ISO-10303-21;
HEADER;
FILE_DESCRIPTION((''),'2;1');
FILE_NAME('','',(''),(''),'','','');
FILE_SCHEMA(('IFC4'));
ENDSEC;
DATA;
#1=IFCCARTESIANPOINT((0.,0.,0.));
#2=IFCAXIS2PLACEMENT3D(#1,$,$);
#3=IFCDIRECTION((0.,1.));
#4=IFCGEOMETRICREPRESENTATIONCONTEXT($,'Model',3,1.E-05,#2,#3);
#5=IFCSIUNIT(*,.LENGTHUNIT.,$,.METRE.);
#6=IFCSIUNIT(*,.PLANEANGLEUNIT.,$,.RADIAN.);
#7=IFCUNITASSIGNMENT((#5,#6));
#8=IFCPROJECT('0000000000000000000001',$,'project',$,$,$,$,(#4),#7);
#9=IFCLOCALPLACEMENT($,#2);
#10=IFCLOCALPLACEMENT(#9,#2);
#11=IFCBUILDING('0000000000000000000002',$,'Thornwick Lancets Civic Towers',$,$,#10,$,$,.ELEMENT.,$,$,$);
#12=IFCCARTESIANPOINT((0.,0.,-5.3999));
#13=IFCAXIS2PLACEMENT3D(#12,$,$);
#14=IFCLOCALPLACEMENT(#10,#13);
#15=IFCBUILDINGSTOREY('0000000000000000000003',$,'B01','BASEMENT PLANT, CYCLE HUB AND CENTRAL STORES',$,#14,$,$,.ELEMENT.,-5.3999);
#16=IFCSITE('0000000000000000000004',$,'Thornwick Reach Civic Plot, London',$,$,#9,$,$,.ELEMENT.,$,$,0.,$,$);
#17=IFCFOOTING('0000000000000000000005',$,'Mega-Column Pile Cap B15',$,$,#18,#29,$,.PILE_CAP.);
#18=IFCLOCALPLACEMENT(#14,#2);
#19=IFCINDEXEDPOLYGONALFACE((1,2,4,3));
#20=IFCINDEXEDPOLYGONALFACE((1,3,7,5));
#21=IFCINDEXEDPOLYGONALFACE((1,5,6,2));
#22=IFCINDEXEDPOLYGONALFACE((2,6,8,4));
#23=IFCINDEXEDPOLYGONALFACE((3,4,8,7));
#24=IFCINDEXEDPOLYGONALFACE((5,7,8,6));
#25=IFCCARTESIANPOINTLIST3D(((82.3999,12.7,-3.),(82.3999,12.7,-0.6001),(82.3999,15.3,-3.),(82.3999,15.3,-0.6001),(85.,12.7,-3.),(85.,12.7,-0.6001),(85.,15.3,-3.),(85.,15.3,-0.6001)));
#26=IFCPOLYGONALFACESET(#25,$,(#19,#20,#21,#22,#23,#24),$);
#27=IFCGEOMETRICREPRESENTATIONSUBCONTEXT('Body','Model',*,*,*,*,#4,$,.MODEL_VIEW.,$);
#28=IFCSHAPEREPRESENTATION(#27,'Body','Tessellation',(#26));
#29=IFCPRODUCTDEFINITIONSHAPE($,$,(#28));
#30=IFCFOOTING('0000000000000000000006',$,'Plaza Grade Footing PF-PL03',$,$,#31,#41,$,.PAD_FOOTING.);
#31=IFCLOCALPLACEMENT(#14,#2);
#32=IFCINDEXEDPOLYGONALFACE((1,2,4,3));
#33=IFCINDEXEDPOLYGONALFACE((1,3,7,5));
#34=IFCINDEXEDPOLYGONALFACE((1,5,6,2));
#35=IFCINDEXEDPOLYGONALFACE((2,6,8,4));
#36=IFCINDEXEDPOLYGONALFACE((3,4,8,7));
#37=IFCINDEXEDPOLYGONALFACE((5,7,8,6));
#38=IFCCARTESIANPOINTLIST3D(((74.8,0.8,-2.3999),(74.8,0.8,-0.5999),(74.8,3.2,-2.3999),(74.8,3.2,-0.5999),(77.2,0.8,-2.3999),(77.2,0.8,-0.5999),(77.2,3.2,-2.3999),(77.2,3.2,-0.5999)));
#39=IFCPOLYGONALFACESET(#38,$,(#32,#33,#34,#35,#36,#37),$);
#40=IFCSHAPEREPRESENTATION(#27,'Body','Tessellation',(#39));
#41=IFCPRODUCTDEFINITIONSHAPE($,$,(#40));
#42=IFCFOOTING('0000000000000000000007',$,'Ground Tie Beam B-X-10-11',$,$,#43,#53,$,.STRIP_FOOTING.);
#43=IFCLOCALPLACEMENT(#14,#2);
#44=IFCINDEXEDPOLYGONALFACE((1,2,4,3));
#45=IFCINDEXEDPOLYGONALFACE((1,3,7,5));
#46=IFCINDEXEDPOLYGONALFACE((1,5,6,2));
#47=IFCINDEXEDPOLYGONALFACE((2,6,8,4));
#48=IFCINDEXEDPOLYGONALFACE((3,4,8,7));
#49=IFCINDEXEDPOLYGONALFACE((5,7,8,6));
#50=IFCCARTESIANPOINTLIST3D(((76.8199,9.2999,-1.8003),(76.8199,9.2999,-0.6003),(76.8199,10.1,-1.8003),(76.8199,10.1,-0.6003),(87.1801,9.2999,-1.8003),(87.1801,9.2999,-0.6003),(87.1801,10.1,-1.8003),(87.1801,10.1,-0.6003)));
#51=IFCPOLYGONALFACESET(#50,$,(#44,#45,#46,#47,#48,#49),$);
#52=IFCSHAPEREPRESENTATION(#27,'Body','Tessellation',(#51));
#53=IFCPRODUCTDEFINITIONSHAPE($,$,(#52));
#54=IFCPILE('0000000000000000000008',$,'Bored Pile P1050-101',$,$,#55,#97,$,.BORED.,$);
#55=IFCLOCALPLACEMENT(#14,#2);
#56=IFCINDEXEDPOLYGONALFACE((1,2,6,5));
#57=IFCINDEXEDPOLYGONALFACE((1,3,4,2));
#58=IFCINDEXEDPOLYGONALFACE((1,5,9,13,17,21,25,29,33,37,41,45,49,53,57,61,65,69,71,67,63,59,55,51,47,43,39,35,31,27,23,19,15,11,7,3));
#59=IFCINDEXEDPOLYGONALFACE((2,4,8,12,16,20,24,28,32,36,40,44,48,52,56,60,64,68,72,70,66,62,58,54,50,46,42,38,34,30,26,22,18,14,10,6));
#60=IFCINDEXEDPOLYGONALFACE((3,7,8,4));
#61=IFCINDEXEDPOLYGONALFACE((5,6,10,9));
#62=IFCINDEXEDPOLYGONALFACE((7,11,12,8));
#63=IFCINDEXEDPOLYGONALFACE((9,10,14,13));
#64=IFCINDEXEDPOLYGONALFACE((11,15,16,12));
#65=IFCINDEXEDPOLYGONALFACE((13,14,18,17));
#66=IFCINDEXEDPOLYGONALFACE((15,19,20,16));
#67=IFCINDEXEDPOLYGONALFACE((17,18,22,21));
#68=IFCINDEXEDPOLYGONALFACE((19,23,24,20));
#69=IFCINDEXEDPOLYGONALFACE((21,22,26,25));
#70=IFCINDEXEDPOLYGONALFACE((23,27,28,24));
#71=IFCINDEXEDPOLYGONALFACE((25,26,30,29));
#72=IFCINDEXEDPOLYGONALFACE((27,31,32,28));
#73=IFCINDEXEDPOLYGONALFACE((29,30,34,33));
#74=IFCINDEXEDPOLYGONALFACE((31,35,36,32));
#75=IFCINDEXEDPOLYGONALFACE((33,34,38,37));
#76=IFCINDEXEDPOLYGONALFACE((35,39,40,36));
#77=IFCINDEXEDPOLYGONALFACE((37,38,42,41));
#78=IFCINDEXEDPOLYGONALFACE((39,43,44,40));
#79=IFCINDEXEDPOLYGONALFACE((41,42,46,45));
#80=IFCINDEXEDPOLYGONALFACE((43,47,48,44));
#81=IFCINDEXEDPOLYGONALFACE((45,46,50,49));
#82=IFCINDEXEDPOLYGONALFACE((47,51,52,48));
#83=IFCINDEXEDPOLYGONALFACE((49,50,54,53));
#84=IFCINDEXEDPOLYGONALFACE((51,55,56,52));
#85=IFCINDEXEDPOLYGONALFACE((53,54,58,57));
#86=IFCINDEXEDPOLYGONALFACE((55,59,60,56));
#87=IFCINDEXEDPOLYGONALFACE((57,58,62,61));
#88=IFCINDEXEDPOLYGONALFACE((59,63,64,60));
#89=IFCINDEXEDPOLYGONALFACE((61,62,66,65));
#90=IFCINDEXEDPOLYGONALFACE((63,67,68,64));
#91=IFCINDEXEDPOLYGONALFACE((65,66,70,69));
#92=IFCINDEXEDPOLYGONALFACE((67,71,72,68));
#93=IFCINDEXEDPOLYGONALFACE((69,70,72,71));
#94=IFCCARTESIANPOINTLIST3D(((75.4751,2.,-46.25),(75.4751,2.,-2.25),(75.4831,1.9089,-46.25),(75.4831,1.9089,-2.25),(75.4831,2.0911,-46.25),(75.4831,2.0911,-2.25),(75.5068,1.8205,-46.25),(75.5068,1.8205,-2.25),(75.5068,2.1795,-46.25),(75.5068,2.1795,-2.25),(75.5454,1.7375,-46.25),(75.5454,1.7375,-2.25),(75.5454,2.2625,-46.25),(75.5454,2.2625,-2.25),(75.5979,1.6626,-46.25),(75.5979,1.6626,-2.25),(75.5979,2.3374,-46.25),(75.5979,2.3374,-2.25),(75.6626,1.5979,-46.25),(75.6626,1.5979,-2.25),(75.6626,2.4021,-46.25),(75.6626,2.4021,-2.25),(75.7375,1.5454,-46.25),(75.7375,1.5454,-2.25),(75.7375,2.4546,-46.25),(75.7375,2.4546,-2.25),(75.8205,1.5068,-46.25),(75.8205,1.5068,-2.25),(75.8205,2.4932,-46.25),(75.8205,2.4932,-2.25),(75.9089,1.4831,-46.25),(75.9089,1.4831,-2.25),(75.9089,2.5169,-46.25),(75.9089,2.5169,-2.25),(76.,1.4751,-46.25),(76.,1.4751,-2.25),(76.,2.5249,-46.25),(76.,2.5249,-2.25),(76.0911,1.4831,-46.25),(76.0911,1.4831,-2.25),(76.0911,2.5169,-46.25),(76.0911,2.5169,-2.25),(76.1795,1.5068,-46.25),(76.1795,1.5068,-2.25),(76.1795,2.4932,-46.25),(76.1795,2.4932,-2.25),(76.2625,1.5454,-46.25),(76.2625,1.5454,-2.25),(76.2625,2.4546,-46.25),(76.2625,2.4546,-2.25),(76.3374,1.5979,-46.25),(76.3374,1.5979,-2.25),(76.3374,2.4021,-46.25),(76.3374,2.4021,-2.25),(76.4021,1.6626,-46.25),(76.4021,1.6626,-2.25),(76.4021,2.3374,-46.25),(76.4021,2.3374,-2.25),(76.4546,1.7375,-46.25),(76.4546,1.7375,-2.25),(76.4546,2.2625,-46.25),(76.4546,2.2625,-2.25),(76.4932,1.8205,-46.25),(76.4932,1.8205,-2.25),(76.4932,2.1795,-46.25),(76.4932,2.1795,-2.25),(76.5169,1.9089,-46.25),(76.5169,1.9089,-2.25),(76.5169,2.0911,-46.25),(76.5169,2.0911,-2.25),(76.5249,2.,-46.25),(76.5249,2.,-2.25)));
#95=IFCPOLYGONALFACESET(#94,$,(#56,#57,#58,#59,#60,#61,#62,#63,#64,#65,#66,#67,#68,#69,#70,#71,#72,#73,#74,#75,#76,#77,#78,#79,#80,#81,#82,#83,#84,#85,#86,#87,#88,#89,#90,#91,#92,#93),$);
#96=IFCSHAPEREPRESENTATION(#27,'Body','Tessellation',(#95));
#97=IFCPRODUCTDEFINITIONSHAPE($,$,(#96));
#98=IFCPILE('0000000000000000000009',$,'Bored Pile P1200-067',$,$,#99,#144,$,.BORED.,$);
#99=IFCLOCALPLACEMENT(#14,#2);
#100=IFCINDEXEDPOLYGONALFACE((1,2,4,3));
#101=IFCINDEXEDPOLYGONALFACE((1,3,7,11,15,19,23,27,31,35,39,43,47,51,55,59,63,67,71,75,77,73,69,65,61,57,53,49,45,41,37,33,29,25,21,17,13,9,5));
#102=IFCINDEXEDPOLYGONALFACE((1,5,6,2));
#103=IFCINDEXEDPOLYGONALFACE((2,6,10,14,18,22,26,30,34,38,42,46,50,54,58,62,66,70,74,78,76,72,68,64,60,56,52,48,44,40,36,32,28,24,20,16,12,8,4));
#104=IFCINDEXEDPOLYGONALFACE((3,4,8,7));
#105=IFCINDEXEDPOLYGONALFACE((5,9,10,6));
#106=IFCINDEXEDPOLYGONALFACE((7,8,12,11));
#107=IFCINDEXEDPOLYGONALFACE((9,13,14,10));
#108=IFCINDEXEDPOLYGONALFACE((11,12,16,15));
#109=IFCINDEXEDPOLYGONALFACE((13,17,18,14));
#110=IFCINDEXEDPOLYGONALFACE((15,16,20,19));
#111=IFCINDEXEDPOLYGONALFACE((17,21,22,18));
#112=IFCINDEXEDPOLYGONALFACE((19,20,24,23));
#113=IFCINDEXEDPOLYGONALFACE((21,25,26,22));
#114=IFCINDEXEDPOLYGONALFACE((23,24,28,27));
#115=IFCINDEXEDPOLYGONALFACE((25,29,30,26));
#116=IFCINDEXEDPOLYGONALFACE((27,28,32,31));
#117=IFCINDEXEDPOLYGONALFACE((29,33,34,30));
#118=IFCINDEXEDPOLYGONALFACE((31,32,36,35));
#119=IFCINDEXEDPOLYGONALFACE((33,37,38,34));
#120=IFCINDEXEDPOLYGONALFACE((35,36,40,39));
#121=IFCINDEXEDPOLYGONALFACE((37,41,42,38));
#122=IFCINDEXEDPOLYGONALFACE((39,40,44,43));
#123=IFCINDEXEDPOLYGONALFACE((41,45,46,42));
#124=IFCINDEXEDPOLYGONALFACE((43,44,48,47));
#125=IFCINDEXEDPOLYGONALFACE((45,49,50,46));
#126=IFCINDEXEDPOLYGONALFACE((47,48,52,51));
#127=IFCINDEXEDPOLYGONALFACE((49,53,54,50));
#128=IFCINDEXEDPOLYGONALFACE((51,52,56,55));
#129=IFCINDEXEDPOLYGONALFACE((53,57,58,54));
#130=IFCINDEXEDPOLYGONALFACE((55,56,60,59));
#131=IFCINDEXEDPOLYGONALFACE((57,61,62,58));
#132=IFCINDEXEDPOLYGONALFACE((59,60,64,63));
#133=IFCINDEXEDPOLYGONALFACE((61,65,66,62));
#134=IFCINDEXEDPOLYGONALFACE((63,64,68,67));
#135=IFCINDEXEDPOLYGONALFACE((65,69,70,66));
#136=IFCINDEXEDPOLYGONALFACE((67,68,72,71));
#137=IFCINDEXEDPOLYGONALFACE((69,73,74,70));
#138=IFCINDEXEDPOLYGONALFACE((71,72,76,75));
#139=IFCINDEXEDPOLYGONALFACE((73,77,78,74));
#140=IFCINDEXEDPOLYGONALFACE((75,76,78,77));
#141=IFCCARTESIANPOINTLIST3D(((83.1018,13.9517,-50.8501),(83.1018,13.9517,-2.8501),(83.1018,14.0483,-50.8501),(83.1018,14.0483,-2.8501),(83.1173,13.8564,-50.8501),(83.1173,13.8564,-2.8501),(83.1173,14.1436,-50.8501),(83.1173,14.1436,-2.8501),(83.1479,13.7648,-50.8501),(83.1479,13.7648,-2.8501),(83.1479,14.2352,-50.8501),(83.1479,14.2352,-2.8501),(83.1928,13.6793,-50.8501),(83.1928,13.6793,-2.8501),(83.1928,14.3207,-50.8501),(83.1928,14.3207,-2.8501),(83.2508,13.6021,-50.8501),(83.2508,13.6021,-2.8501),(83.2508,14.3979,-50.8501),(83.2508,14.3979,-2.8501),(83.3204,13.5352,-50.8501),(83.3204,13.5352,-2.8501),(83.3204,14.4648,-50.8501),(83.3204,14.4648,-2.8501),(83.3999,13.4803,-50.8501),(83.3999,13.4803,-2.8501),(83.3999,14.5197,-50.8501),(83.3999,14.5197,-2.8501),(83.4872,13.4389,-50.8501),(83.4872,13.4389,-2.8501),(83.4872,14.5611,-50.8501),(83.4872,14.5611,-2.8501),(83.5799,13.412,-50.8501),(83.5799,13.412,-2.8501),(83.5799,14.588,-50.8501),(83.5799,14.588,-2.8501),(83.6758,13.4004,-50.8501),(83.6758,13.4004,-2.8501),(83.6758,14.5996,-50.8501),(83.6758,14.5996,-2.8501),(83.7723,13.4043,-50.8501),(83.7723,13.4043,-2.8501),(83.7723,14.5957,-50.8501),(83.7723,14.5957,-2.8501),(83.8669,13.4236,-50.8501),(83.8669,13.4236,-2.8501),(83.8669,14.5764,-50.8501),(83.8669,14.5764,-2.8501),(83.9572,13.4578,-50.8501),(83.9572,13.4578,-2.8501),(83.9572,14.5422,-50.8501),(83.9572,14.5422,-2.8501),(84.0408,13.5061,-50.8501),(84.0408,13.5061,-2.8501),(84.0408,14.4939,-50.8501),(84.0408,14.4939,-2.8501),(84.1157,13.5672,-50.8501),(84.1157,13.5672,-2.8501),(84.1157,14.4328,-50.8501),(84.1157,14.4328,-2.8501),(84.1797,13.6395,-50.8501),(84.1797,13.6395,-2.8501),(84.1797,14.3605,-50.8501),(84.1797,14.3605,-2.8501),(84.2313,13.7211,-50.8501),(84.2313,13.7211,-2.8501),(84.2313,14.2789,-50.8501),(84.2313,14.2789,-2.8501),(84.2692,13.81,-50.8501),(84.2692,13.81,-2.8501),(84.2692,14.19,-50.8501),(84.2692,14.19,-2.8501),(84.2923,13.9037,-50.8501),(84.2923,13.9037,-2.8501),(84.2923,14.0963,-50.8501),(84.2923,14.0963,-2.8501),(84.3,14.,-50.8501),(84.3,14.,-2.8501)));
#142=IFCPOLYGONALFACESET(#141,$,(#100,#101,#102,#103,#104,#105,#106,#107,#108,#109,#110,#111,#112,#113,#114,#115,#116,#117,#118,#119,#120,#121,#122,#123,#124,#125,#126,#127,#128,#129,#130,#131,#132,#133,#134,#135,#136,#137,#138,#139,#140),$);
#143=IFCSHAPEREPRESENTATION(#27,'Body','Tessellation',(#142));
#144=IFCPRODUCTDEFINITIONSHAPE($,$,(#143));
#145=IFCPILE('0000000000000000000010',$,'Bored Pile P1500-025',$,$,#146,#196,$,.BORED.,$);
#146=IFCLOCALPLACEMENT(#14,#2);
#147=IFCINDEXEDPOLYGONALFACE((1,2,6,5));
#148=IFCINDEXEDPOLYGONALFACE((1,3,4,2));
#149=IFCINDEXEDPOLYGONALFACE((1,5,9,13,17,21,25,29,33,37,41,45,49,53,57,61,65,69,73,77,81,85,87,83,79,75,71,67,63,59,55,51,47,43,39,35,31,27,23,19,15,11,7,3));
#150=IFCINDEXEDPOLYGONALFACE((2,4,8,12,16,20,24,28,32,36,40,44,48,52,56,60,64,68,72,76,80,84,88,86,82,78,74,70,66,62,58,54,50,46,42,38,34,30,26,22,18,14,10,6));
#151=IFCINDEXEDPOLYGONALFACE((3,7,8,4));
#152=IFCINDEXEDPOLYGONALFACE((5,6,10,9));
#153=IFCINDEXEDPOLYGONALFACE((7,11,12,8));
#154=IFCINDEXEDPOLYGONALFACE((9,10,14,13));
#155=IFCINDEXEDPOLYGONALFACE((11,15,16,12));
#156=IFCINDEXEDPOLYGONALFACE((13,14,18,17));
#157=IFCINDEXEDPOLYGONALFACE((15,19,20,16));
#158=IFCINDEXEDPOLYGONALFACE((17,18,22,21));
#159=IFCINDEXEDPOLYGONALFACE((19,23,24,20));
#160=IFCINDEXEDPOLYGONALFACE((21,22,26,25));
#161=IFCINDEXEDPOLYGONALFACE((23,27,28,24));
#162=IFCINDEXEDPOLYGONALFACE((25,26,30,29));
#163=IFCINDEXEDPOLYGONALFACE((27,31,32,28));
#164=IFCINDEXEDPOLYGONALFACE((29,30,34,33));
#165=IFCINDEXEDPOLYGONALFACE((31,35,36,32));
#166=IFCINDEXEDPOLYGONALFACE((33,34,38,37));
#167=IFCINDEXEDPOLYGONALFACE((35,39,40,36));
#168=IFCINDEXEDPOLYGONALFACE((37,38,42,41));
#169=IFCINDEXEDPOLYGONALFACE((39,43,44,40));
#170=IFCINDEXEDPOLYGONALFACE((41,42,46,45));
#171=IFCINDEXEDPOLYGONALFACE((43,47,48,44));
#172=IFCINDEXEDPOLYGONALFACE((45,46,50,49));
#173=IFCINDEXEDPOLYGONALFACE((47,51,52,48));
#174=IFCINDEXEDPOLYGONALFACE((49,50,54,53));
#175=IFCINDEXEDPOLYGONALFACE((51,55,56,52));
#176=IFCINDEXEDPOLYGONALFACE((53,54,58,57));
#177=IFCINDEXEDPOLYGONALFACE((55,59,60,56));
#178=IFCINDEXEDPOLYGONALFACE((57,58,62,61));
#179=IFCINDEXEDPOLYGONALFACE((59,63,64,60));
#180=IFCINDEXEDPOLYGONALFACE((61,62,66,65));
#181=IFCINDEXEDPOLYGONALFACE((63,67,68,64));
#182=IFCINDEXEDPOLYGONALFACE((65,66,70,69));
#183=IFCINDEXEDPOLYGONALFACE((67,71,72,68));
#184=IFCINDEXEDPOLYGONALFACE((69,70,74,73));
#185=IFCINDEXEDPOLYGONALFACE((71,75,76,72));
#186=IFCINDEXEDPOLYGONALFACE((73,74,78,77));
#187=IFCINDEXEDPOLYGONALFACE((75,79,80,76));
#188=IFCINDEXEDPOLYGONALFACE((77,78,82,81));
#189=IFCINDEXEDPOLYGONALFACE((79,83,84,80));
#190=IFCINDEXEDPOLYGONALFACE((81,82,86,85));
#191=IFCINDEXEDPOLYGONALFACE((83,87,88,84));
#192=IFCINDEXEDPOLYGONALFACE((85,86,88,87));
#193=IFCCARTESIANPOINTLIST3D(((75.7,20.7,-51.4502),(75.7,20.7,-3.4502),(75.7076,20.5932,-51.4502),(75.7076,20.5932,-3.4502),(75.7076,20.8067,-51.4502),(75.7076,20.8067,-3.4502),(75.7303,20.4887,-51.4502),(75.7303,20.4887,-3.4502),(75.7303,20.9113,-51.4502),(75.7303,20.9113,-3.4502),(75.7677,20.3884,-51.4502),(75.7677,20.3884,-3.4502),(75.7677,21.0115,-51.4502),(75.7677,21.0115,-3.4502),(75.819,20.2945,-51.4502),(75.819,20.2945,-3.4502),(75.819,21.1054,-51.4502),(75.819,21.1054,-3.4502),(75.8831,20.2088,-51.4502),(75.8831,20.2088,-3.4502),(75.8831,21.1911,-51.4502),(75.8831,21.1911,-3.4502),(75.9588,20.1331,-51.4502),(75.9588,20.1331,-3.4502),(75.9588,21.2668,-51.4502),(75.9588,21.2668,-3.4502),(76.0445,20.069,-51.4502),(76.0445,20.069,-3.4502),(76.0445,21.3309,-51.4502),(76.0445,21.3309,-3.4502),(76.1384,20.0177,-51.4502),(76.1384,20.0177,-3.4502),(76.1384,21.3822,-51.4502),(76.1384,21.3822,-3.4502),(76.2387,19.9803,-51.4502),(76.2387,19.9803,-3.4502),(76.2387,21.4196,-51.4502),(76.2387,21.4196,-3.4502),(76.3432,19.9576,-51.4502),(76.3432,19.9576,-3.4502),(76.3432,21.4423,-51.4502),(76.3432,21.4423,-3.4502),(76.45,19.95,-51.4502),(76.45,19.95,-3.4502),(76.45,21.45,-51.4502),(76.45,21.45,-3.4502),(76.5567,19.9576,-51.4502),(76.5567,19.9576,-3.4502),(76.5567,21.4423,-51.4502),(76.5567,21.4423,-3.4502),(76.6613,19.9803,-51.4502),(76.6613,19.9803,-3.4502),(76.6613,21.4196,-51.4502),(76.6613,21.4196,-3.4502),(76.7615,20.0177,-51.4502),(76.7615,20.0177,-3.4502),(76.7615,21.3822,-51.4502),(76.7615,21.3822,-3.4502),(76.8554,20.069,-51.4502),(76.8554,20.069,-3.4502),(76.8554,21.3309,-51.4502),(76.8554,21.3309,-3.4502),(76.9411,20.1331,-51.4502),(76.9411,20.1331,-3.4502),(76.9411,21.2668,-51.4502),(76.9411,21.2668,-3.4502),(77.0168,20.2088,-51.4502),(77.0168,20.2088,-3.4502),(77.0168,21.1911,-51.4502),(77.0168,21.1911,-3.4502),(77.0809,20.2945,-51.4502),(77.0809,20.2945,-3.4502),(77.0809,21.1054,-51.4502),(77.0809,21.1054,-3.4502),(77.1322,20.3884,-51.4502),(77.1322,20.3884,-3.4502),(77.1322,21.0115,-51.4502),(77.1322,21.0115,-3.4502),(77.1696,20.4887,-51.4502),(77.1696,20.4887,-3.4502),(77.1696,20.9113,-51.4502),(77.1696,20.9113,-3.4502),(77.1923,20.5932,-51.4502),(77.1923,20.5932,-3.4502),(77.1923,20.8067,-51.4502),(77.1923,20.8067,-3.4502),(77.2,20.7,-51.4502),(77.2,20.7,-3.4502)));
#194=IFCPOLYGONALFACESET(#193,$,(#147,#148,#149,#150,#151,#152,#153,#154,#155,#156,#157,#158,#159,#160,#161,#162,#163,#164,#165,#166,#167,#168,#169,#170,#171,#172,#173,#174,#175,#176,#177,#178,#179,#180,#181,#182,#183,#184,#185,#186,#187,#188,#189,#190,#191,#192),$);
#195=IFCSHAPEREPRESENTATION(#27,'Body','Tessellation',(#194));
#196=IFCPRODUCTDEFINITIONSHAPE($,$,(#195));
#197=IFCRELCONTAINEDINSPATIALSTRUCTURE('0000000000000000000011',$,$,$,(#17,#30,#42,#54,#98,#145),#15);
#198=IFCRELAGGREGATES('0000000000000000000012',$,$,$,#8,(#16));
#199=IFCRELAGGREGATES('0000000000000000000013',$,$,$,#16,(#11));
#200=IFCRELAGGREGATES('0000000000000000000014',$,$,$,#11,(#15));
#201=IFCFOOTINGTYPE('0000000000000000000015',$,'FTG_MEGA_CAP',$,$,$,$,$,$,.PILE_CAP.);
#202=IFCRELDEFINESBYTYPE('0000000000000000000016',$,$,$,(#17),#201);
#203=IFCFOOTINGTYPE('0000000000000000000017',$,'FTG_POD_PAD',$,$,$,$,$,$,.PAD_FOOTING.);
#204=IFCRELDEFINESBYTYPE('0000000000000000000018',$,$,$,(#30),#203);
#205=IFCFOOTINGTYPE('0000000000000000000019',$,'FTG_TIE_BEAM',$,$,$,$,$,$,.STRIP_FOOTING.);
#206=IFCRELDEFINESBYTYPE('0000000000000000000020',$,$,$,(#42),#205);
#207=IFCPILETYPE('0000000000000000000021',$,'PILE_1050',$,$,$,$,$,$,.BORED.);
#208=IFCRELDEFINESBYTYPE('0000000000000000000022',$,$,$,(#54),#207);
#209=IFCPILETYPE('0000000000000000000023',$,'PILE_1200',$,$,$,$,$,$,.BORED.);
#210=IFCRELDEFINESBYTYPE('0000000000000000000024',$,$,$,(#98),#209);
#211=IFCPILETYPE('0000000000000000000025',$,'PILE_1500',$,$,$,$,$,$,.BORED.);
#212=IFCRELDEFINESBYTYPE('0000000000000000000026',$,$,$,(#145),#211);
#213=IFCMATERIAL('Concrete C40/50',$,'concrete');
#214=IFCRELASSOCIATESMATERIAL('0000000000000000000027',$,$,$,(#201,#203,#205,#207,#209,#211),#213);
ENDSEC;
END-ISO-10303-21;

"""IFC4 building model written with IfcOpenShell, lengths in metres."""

from ifc_helpers import new_model, si_unit, direction, frame, origin, origin_2d, place, context, subcontext, project, spatial, rectangle, circle, extrude, material, material_profile, profile_set, type_object, element, save


model = new_model("IFC4")

# Units and contexts
model_context = context("Model", 3, precision=1e-05, world=origin(), true_north=direction((0.0, 1.0)))
body_context = subcontext(model_context, "Body", "Model", "MODEL_VIEW")
ifc_project = project(units=[si_unit("LENGTHUNIT", "METRE"), si_unit("PLANEANGLEUNIT", "RADIAN")], contexts=[model_context])

# Site, building, storey
site_placement = place(None, origin())
site = spatial("IfcSite", under=ifc_project, at=site_placement, Name="Thornwick Reach Civic Plot, London", CompositionType="ELEMENT", RefElevation=0.0)
building_placement = place(site_placement, origin())
building = spatial("IfcBuilding", under=site, at=building_placement, Name="Thornwick Lancets Civic Towers", CompositionType="ELEMENT")
storey_placement = place(building_placement, frame((0.0, 0.0, -5.3999)))
storey = spatial("IfcBuildingStorey", under=building, at=storey_placement, Name="B01", Description="BASEMENT PLANT, CYCLE HUB AND CENTRAL STORES", CompositionType="ELEMENT", Elevation=-5.3999)

# Footings
ifc_material_1 = material(Name="Concrete C40/50", Category="concrete")
footing_type_1 = type_object("IfcFootingType", Name="FTG_MEGA_CAP", PredefinedType="PILE_CAP", material=ifc_material_1)
footing_1_placement = place(storey_placement, frame((83.7, 14.0, -3.0), z_axis=(0.0, 0.0, 1.0), x_axis=(1.0, 0.0, 0.0)))
element("IfcFooting", 1, at=footing_1_placement, inside=storey, type_object=footing_type_1, Name="Mega-Column Pile Cap B15", PredefinedType="PILE_CAP", context=body_context, shape_type="SweptSolid", body=[
    extrude(rectangle(XDim=2.6001, YDim=2.6001, at=origin_2d()), origin(), (0.0, 0.0, 1.0), 2.3999),
])
footing_type_2 = type_object("IfcFootingType", Name="FTG_POD_PAD", PredefinedType="PAD_FOOTING", material=ifc_material_1)
footing_2_placement = place(storey_placement, frame((76.0, 2.0, -2.3999), z_axis=(0.0, 0.0, 1.0), x_axis=(1.0, 0.0, 0.0)))
element("IfcFooting", 2, at=footing_2_placement, inside=storey, type_object=footing_type_2, Name="Plaza Grade Footing PF-PL03", PredefinedType="PAD_FOOTING", context=body_context, shape_type="SweptSolid", body=[
    extrude(rectangle(XDim=2.3999, YDim=2.3999, at=origin_2d()), origin(), (0.0, 0.0, 1.0), 1.8),
])
footing_type_3 = type_object("IfcFootingType", Name="FTG_TIE_BEAM", PredefinedType="STRIP_FOOTING", material=ifc_material_1)
footing_3_placement = place(storey_placement, frame((82.0, 9.7, -1.8003), z_axis=(0.0, 0.0, 1.0), x_axis=(1.0, 0.0, 0.0)))
element("IfcFooting", 3, at=footing_3_placement, inside=storey, type_object=footing_type_3, Name="Ground Tie Beam B-X-10-11", PredefinedType="STRIP_FOOTING", context=body_context, shape_type="SweptSolid", body=[
    extrude(rectangle(XDim=10.3601, YDim=0.8, at=origin_2d()), origin(), (0.0, 0.0, 1.0), 1.2),
])

# Piles
ifc_material_profile_1 = material_profile(ifc_material_1, circle(Radius=0.5249, at=origin_2d()), Name="PILE D1050")
ifc_profile_set_1 = profile_set([ifc_material_profile_1], Name="Concrete C40/50")
pile_type_1 = type_object("IfcPileType", Name="PILE_1050", PredefinedType="BORED", material=ifc_profile_set_1)
pile_1_placement = place(storey_placement, frame((76.0, 2.0, -2.25), z_axis=(0.0, 0.0, -1.0), x_axis=(1.0, 0.0, 0.0)))
element("IfcPile", 4, at=pile_1_placement, inside=storey, type_object=pile_type_1, Name="Bored Pile P1050-101", PredefinedType="BORED", context=body_context, shape_type="SweptSolid", body=[
    extrude(circle(Radius=0.5249, at=origin_2d()), origin(), (0.0, 0.0, 1.0), 44.0),
])
ifc_material_profile_2 = material_profile(ifc_material_1, circle(Radius=0.6001, at=origin_2d()), Name="PILE D1200")
ifc_profile_set_2 = profile_set([ifc_material_profile_2], Name="Concrete C40/50")
pile_type_2 = type_object("IfcPileType", Name="PILE_1200", PredefinedType="BORED", material=ifc_profile_set_2)
pile_2_placement = place(storey_placement, frame((83.7, 14.0, -2.8501), z_axis=(0.0, 0.0, -1.0), x_axis=(1.0, 0.0, 0.0)))
element("IfcPile", 5, at=pile_2_placement, inside=storey, type_object=pile_type_2, Name="Bored Pile P1200-067", PredefinedType="BORED", context=body_context, shape_type="SweptSolid", body=[
    extrude(circle(Radius=0.6001, at=origin_2d()), origin(), (0.0, 0.0, 1.0), 48.0),
])
ifc_material_profile_3 = material_profile(ifc_material_1, circle(Radius=0.75, at=origin_2d()), Name="PILE D1500")
ifc_profile_set_3 = profile_set([ifc_material_profile_3], Name="Concrete C40/50")
pile_type_3 = type_object("IfcPileType", Name="PILE_1500", PredefinedType="BORED", material=ifc_profile_set_3)
for number, where, z_axis, x_axis, name in (
    (6, (76.45, 20.7, -3.4502), (0.0, 0.0, -1.0), (1.0, 0.0, 0.0), "Bored Pile P1500-025"),
):
    element("IfcPile", number, at=place(storey_placement, frame(where, z_axis=z_axis, x_axis=x_axis)), inside=storey, type_object=pile_type_3, Name=name, PredefinedType="BORED", context=body_context, shape_type="SweptSolid", body=[
        extrude(circle(Radius=0.75, at=origin_2d()), origin(), (0.0, 0.0, 1.0), 48.0),
    ])

save(model, "model.ifc")
